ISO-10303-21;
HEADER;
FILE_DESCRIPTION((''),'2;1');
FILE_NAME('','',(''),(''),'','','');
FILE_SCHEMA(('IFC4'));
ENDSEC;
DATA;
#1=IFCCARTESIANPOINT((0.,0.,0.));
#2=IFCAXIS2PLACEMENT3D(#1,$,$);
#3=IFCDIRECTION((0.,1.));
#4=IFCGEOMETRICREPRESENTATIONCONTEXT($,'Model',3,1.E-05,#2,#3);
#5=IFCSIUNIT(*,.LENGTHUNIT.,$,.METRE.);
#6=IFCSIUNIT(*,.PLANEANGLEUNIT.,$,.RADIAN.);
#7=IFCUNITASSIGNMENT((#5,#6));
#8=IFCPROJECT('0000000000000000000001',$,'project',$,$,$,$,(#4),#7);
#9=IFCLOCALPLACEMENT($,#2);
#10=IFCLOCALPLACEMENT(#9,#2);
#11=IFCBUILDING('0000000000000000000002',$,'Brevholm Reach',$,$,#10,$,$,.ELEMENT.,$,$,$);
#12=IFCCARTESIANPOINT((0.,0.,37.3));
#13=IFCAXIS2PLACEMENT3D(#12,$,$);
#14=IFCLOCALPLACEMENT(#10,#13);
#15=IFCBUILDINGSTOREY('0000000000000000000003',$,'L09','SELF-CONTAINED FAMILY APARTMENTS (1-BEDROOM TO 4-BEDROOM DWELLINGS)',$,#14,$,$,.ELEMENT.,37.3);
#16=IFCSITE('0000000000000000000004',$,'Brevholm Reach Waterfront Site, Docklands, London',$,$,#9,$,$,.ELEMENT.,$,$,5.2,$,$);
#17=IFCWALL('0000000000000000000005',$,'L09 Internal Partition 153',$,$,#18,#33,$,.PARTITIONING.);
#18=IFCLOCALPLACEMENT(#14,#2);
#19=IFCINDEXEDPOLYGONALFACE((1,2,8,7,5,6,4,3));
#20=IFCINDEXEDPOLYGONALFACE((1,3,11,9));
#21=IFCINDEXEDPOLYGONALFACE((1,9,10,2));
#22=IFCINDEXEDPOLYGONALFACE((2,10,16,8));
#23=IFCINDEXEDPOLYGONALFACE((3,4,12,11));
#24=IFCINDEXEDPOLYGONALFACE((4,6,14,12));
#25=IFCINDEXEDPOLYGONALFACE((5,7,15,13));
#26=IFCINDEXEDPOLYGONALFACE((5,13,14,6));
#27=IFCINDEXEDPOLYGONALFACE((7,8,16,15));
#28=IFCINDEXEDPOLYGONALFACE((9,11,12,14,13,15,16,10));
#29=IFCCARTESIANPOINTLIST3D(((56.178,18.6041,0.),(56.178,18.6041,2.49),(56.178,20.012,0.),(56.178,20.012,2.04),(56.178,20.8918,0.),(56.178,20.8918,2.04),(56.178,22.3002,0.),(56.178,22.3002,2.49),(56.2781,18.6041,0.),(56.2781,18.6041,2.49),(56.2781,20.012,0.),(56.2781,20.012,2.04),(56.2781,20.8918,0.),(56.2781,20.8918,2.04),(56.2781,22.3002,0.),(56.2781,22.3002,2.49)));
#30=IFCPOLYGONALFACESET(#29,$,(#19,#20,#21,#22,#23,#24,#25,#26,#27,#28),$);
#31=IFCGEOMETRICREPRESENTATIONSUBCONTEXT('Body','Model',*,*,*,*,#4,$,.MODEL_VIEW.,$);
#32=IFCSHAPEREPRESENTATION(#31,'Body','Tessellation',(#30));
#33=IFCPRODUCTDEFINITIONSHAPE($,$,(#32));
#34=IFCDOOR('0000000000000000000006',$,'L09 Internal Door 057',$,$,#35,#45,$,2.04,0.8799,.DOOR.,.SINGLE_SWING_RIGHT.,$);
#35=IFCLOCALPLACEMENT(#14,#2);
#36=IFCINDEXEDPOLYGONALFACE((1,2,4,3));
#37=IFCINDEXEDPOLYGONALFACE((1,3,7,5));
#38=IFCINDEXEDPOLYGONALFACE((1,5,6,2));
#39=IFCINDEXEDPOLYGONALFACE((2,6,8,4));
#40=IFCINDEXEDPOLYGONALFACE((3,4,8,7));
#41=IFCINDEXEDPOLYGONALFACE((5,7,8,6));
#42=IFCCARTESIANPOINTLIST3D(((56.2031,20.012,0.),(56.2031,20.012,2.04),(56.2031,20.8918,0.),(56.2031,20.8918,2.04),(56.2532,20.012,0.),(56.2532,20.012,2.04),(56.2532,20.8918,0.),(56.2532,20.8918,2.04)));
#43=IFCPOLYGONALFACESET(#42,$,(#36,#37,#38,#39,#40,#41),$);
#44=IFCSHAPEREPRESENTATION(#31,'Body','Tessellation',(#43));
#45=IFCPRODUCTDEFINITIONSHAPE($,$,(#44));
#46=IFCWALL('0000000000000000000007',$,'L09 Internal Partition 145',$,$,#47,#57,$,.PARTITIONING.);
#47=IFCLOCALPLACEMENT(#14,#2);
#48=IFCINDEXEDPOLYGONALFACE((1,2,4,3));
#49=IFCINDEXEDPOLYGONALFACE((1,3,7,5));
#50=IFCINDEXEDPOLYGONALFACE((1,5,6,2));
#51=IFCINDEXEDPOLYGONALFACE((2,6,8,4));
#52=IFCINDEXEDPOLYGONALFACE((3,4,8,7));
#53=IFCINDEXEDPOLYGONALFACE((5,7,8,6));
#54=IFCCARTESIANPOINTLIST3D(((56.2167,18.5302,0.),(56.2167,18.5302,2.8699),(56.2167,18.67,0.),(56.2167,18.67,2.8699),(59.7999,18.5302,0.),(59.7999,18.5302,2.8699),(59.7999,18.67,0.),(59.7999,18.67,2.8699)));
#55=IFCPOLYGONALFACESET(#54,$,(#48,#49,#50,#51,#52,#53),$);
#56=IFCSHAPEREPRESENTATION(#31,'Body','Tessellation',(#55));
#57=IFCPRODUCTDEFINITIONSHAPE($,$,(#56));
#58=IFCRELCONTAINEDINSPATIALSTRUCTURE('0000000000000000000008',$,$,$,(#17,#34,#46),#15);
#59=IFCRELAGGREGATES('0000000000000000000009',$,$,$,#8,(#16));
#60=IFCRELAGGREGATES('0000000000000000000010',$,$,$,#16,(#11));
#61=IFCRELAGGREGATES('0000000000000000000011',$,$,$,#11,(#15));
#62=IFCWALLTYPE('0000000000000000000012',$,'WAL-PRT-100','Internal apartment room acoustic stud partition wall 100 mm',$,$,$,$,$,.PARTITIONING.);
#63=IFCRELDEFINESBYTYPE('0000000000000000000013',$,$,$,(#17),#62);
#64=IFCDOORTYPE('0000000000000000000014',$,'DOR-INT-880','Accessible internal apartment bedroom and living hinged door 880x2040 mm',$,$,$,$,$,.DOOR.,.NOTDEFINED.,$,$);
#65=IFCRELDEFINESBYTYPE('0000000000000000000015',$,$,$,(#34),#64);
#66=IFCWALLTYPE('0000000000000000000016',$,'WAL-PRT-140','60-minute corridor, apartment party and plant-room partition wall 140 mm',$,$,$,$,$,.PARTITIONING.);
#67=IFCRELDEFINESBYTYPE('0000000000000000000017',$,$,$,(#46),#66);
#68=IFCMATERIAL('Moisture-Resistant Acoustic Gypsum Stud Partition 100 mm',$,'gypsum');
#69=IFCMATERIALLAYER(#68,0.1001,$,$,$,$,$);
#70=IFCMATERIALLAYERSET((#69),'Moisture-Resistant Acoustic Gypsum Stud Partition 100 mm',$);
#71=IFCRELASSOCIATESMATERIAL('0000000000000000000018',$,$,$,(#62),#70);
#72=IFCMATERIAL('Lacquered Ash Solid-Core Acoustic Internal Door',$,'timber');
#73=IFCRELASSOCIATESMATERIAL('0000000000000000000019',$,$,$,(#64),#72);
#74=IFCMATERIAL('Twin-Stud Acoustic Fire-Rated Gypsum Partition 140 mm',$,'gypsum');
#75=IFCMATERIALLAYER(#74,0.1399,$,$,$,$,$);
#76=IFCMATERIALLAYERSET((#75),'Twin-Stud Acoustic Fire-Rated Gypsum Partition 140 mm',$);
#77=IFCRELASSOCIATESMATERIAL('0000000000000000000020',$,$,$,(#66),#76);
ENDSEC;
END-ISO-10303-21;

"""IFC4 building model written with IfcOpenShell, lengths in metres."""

from ifc_helpers import new_model, si_unit, direction, frame, frame_2d, origin, place, context, subcontext, project, spatial, rectangle, extrude, material, layer, layer_set, type_object, element, fill, save


model = new_model("IFC4")

# Units and contexts
model_context = context("Model", 3, precision=1e-05, world=origin(), true_north=direction((0.0, 1.0)))
body_context = subcontext(model_context, "Body", "Model", "MODEL_VIEW")
ifc_project = project(units=[si_unit("LENGTHUNIT", "METRE"), si_unit("PLANEANGLEUNIT", "RADIAN")], contexts=[model_context])

# Site, building, storey
site_placement = place(None, origin())
site = spatial("IfcSite", under=ifc_project, at=site_placement, Name="Brevholm Reach Waterfront Site, Docklands, London", CompositionType="ELEMENT", RefElevation=5.2)
building_placement = place(site_placement, origin())
building = spatial("IfcBuilding", under=site, at=building_placement, Name="Brevholm Reach", CompositionType="ELEMENT")
storey_placement = place(building_placement, frame((0.0, 0.0, 37.3)))
storey = spatial("IfcBuildingStorey", under=building, at=storey_placement, Name="L09", Description="SELF-CONTAINED FAMILY APARTMENTS (1-BEDROOM TO 4-BEDROOM DWELLINGS)", CompositionType="ELEMENT", Elevation=37.3)

# Shared definitions
ifc_material_1 = material(Name="Moisture-Resistant Acoustic Gypsum Stud Partition 100 mm", Category="gypsum")
ifc_layer_1 = layer(ifc_material_1, 0.1001)
ifc_layer_set_1 = layer_set([ifc_layer_1], Name="Moisture-Resistant Acoustic Gypsum Stud Partition 100 mm")
wall_type_1 = type_object("IfcWallType", Name="WAL-PRT-100", Description="Internal apartment room acoustic stud partition wall 100 mm", PredefinedType="PARTITIONING", material=ifc_layer_set_1)

# Wall, opening, door
wall_1_placement = place(storey_placement, frame((56.228, 18.604, 0.0), z_axis=(0.0, 0.0, 1.0), x_axis=(0.0, 1.0, 0.0)))
wall_1 = element("IfcWall", 1, at=wall_1_placement, inside=storey, type_object=wall_type_1, Name="L09 Internal Partition 153", PredefinedType="PARTITIONING", context=body_context, shape_type="SweptSolid", body=[
    extrude(rectangle(XDim=3.696, YDim=0.1001, at=frame_2d((1.8481, 0.0))), origin(), (0.0, 0.0, 1.0), 2.49),
])
opening_1_placement = place(wall_1_placement, frame((1.408, 0.0, 0.0)))
opening_1 = element("IfcOpeningElement", 2, at=opening_1_placement, cuts=wall_1, PredefinedType="OPENING", context=body_context, shape_type="SweptSolid", body=[
    extrude(rectangle(XDim=0.8799, YDim=2.04, at=frame_2d((0.4399, 1.02))), frame((0.0, 0.0601, 0.0), z_axis=(0.0, -1.0, 0.0), x_axis=(1.0, 0.0, 0.0)), (0.0, 0.0, 1.0), 0.1201),
])
ifc_material_2 = material(Name="Lacquered Ash Solid-Core Acoustic Internal Door", Category="timber")
door_type = type_object("IfcDoorType", Name="DOR-INT-880", Description="Accessible internal apartment bedroom and living hinged door 880x2040 mm", OperationType="NOTDEFINED", PredefinedType="DOOR", material=ifc_material_2)
door_placement = place(opening_1_placement, origin())
door = element("IfcDoor", 3, at=door_placement, inside=storey, type_object=door_type, Name="L09 Internal Door 057", OperationType="SINGLE_SWING_RIGHT", OverallHeight=2.04, OverallWidth=0.8799, PredefinedType="DOOR", context=body_context, shape_type="SweptSolid", body=[
    extrude(rectangle(XDim=0.8799, YDim=2.04, at=frame_2d((0.4399, 1.02))), frame((0.0, 0.0249, 0.0), z_axis=(0.0, -1.0, 0.0), x_axis=(1.0, 0.0, 0.0)), (0.0, 0.0, 1.0), 0.05),
])
fill(opening_1, door)

# Wall
ifc_material_3 = material(Name="Twin-Stud Acoustic Fire-Rated Gypsum Partition 140 mm", Category="gypsum")
ifc_layer_2 = layer(ifc_material_3, 0.1399)
ifc_layer_set_2 = layer_set([ifc_layer_2], Name="Twin-Stud Acoustic Fire-Rated Gypsum Partition 140 mm")
wall_type_2 = type_object("IfcWallType", Name="WAL-PRT-140", Description="60-minute corridor, apartment party and plant-room partition wall 140 mm", PredefinedType="PARTITIONING", material=ifc_layer_set_2)
wall_2_placement = place(storey_placement, frame((56.2168, 18.6001, 0.0), z_axis=(0.0, 0.0, 1.0), x_axis=(1.0, 0.0, 0.0)))
element("IfcWall", 4, at=wall_2_placement, inside=storey, type_object=wall_type_2, Name="L09 Internal Partition 145", PredefinedType="PARTITIONING", context=body_context, shape_type="SweptSolid", body=[
    extrude(rectangle(XDim=3.5833, YDim=0.1399, at=frame_2d((1.7915, 0.0))), origin(), (0.0, 0.0, 1.0), 2.8699),
])

save(model, "model.ifc")
